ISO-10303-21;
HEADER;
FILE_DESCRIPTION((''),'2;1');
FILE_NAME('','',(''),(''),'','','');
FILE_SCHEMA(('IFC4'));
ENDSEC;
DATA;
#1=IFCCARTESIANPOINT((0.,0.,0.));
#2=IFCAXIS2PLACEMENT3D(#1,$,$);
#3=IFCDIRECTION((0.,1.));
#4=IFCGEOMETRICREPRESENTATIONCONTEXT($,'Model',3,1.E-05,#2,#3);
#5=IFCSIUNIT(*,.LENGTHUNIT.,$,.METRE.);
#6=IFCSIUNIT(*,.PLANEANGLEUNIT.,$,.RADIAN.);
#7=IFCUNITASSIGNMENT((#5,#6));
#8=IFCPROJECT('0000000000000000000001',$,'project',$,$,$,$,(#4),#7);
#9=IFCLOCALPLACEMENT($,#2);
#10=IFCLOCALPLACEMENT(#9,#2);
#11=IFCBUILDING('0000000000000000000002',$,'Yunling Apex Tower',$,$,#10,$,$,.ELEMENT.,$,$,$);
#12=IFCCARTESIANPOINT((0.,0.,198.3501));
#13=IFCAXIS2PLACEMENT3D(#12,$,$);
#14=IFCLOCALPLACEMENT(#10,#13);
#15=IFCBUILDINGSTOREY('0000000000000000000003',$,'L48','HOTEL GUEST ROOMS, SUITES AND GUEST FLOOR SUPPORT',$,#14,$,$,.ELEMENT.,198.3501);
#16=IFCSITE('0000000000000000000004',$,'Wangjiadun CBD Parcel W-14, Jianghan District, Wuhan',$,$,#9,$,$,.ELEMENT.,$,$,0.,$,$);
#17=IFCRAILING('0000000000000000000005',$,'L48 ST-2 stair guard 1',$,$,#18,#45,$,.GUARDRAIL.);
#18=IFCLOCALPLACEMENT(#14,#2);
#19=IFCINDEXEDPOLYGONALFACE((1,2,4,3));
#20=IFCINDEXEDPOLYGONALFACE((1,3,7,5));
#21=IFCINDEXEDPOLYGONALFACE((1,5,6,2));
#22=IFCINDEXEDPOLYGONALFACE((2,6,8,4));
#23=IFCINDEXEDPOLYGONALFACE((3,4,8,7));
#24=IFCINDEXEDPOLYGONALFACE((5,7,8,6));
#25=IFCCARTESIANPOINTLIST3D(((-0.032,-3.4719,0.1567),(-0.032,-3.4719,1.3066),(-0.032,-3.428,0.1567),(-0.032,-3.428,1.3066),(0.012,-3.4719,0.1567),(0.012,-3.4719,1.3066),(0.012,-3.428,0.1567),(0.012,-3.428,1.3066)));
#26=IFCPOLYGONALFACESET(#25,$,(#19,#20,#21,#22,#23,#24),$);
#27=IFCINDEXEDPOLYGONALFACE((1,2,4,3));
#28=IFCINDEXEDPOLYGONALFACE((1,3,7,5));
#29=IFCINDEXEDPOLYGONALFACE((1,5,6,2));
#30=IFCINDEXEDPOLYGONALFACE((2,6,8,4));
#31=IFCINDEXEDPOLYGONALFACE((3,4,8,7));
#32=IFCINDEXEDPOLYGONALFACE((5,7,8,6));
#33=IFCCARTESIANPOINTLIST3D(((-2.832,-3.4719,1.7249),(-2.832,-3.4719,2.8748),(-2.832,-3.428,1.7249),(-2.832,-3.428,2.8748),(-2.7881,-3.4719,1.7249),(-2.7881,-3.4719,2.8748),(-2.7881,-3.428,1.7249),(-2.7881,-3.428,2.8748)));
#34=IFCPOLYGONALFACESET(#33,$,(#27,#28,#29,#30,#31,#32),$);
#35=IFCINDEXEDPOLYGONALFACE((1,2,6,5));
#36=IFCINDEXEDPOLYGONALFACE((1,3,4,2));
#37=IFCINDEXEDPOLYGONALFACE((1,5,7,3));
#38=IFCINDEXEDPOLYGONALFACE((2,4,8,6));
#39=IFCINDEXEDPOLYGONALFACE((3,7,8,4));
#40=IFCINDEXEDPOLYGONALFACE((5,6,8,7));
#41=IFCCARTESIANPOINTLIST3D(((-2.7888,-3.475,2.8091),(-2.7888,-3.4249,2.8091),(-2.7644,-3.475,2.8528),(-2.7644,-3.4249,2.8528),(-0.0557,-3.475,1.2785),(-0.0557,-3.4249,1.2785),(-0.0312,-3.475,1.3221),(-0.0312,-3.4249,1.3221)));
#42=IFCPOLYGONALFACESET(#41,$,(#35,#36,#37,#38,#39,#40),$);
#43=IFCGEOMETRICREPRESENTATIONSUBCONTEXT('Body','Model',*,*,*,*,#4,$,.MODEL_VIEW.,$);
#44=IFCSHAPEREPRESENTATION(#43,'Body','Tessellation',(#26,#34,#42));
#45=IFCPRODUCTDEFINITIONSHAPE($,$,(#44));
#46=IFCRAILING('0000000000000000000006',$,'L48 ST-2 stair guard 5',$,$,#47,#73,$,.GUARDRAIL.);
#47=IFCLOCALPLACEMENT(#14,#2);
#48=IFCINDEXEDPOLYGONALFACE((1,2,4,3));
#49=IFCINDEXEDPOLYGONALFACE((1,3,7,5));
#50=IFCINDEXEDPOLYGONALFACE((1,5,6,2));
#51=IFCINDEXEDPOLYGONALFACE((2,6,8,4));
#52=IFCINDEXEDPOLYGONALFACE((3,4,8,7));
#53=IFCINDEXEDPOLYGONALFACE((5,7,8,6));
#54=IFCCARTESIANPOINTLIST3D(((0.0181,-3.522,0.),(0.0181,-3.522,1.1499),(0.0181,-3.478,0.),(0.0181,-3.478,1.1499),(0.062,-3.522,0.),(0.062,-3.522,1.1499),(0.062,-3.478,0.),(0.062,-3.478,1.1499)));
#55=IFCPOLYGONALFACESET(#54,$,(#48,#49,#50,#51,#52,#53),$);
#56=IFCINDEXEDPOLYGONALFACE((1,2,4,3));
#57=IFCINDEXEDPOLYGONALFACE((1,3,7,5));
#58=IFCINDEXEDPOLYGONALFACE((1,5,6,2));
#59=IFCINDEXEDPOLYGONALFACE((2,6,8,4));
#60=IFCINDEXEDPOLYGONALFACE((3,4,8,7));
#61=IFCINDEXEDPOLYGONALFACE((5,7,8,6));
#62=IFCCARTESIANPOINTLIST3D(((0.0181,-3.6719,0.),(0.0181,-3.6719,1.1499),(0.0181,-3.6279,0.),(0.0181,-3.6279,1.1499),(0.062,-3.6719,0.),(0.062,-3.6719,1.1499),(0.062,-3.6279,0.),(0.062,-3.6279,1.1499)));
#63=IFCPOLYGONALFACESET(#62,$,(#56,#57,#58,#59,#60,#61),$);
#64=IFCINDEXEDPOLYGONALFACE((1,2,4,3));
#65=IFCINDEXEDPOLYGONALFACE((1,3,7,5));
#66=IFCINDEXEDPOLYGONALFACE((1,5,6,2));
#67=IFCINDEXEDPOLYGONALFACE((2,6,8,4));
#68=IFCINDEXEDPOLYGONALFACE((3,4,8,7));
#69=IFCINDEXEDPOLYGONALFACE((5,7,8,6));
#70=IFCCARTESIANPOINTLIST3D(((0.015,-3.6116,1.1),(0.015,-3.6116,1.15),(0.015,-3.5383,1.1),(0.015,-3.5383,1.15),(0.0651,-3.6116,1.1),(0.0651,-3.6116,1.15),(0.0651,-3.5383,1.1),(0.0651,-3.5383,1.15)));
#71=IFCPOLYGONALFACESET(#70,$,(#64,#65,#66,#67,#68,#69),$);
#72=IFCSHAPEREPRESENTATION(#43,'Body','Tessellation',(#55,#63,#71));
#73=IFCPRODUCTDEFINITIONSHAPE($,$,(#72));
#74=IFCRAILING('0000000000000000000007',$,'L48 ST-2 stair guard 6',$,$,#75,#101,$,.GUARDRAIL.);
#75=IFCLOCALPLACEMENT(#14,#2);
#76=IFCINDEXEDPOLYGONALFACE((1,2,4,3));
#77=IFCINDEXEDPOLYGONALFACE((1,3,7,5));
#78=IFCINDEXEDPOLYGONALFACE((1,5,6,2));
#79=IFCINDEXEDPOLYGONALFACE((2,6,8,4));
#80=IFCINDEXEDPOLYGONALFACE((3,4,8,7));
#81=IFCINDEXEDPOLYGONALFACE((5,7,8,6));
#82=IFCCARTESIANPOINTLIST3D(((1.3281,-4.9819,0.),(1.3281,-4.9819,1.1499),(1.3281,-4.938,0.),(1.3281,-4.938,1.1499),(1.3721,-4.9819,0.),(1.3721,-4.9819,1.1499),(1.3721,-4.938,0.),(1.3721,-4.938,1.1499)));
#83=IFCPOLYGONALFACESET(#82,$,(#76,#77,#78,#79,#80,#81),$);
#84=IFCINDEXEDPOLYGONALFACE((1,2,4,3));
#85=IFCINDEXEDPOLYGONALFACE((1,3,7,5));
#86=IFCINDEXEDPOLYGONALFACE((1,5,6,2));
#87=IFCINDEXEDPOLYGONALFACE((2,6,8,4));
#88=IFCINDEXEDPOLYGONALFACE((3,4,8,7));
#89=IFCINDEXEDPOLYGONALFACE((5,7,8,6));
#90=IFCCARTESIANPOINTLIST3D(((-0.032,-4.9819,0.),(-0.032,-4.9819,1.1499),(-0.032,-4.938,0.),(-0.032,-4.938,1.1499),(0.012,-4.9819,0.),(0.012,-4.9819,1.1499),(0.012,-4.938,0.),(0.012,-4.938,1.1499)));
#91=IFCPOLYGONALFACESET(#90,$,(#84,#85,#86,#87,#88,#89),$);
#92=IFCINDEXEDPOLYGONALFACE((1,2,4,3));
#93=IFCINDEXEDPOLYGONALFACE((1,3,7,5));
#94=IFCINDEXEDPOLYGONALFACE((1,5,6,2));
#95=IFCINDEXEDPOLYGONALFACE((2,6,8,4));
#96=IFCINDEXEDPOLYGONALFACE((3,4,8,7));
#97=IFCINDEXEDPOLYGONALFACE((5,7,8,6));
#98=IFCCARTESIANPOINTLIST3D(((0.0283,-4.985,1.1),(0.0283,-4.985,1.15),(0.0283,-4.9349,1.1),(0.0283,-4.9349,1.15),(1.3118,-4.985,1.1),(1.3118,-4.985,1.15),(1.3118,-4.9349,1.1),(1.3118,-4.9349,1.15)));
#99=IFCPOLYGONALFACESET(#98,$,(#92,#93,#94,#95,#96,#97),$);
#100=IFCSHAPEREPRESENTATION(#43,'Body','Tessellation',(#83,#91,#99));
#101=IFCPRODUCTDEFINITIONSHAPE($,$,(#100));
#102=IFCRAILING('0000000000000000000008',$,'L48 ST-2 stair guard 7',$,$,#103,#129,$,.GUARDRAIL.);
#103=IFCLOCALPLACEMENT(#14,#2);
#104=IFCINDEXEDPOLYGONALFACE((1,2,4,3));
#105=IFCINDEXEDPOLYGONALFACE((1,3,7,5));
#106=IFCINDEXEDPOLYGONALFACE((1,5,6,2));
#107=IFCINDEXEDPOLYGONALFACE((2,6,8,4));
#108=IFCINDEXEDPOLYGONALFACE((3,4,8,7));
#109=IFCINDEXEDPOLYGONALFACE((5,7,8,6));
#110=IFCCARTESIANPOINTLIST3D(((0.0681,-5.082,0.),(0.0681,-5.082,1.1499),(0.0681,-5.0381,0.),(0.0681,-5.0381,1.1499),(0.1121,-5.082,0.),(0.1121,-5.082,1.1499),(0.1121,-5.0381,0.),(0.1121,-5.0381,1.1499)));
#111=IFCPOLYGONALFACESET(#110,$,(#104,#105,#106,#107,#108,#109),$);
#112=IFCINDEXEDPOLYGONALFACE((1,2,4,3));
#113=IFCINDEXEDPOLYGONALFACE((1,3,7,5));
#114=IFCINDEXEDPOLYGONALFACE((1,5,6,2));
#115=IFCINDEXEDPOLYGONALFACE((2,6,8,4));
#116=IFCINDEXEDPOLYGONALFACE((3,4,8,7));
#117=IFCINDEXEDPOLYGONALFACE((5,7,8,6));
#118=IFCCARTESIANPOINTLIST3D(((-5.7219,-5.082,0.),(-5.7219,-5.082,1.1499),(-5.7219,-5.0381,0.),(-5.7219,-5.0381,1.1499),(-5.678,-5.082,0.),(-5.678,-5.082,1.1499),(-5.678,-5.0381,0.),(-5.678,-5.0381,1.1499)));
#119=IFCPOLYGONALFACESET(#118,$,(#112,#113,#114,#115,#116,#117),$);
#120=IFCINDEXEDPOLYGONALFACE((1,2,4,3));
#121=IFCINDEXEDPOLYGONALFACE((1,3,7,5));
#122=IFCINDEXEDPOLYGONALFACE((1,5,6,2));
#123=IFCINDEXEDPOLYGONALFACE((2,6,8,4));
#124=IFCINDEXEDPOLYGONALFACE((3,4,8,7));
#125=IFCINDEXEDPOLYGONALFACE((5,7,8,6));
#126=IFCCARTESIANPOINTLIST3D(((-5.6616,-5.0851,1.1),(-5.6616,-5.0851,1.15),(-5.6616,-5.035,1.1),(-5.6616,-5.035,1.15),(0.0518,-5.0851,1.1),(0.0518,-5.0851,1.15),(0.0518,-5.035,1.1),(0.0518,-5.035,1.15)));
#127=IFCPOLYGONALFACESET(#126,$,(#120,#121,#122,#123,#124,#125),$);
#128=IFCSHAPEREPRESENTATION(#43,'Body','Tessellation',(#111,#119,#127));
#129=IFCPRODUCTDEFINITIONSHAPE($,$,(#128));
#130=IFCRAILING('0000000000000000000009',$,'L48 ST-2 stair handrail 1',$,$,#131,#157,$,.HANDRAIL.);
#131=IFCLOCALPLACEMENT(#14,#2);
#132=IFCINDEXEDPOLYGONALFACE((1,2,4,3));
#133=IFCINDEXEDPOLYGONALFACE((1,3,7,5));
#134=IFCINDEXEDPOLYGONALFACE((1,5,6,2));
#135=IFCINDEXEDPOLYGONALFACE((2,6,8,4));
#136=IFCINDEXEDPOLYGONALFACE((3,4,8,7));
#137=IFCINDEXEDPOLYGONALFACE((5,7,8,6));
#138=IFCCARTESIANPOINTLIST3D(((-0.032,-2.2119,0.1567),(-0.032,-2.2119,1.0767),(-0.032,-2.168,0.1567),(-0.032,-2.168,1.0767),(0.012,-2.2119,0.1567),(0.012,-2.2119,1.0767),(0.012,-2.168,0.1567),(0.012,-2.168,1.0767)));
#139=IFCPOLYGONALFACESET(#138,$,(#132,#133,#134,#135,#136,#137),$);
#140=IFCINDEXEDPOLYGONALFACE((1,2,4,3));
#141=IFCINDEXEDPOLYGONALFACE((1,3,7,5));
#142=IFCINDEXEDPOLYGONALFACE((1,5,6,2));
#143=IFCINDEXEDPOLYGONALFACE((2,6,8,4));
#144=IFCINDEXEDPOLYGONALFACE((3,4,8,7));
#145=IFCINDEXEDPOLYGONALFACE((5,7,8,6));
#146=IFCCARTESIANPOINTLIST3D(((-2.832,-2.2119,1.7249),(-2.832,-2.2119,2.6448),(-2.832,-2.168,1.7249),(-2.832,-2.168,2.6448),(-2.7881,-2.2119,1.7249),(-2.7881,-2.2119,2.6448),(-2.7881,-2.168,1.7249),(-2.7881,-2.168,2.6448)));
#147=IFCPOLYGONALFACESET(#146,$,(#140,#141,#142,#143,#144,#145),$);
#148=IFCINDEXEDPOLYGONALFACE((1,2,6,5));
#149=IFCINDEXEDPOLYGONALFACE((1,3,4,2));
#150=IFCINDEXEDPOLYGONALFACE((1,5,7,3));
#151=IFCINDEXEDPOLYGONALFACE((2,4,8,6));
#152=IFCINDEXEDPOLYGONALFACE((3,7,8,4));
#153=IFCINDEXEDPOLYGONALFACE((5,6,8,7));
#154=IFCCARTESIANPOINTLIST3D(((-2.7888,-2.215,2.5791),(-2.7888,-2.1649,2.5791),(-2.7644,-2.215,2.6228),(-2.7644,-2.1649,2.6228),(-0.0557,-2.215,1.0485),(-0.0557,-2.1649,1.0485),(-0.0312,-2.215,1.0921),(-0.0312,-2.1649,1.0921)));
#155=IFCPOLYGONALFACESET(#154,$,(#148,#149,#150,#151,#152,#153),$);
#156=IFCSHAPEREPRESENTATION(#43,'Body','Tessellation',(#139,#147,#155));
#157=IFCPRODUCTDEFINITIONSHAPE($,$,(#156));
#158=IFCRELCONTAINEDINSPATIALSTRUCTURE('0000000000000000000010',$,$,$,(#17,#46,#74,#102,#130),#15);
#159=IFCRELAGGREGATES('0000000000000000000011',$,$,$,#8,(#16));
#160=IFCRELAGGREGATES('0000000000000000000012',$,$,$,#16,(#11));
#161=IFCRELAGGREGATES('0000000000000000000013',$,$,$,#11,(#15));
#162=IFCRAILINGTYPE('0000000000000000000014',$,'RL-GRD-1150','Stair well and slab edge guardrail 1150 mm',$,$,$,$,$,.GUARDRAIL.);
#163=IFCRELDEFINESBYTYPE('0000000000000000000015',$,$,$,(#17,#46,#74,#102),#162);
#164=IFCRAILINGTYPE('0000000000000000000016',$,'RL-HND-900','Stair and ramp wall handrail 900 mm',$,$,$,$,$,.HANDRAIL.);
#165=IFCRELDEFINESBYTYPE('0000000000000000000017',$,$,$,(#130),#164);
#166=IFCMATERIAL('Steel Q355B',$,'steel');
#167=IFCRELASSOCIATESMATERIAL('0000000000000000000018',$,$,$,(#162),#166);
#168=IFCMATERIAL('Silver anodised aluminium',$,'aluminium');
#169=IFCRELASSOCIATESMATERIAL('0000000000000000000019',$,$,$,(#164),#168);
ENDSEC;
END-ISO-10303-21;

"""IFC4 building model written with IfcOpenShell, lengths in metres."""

from ifc_helpers import new_model, si_unit, direction, frame, origin, origin_2d, place, context, subcontext, project, spatial, rectangle, extrude, material, type_object, element, save


model = new_model("IFC4")

# Units and contexts
model_context = context("Model", 3, precision=1e-05, world=origin(), true_north=direction((0.0, 1.0)))
body_context = subcontext(model_context, "Body", "Model", "MODEL_VIEW")
ifc_project = project(units=[si_unit("LENGTHUNIT", "METRE"), si_unit("PLANEANGLEUNIT", "RADIAN")], contexts=[model_context])

# Site, building, storey
site_placement = place(None, origin())
site = spatial("IfcSite", under=ifc_project, at=site_placement, Name="Wangjiadun CBD Parcel W-14, Jianghan District, Wuhan", CompositionType="ELEMENT", RefElevation=0.0)
building_placement = place(site_placement, origin())
building = spatial("IfcBuilding", under=site, at=building_placement, Name="Yunling Apex Tower", CompositionType="ELEMENT")
storey_placement = place(building_placement, frame((0.0, 0.0, 198.3501)))
storey = spatial("IfcBuildingStorey", under=building, at=storey_placement, Name="L48", Description="HOTEL GUEST ROOMS, SUITES AND GUEST FLOOR SUPPORT", CompositionType="ELEMENT", Elevation=198.3501)

# Shared definitions
ifc_material_1 = material(Name="Steel Q355B", Category="steel")

# Railings
railing_type_1 = type_object("IfcRailingType", Name="RL-GRD-1150", Description="Stair well and slab edge guardrail 1150 mm", PredefinedType="GUARDRAIL", material=ifc_material_1)
railing_1_placement = place(storey_placement, frame((-0.01, -3.45, 0.1567)))
element("IfcRailing", 1, at=railing_1_placement, inside=storey, type_object=railing_type_1, Name="L48 ST-2 stair guard 1", PredefinedType="GUARDRAIL", context=body_context, shape_type="SweptSolid", body=[
    extrude(rectangle(XDim=0.0439, YDim=0.0439, at=origin_2d()), origin(), (0.0, 0.0, 1.0), 1.1499),
    extrude(rectangle(XDim=0.0439, YDim=0.0439, at=origin_2d()), frame((-2.8, 0.0, 1.5681)), (0.0, 0.0, 1.0), 1.1499),
    extrude(rectangle(XDim=0.05, YDim=0.05, at=origin_2d()), frame((-0.0334, 0.0, 1.1436), z_axis=(-0.872494, 0.0, 0.488624), x_axis=(0.0, -1.0, 0.0)), (0.0, 0.0, 1.0), 3.1326),
])
railing_2_placement = place(storey_placement, frame((0.04, -3.5, 0.0)))
element("IfcRailing", 2, at=railing_2_placement, inside=storey, type_object=railing_type_1, Name="L48 ST-2 stair guard 5", PredefinedType="GUARDRAIL", context=body_context, shape_type="SweptSolid", body=[
    extrude(rectangle(XDim=0.0439, YDim=0.0439, at=origin_2d()), origin(), (0.0, 0.0, 1.0), 1.1499),
    extrude(rectangle(XDim=0.0439, YDim=0.0439, at=origin_2d()), frame((0.0, -0.1499, 0.0)), (0.0, 0.0, 1.0), 1.1499),
    extrude(rectangle(XDim=0.05, YDim=0.05, at=origin_2d()), frame((0.0, -0.0383, 1.125), z_axis=(0.0, -1.0, 0.0), x_axis=(1.0, 0.0, 0.0)), (0.0, 0.0, 1.0), 0.0732),
])
railing_3_placement = place(storey_placement, frame((1.3501, -4.96, 0.0)))
element("IfcRailing", 3, at=railing_3_placement, inside=storey, type_object=railing_type_1, Name="L48 ST-2 stair guard 6", PredefinedType="GUARDRAIL", context=body_context, shape_type="SweptSolid", body=[
    extrude(rectangle(XDim=0.0439, YDim=0.0439, at=origin_2d()), origin(), (0.0, 0.0, 1.0), 1.1499),
    extrude(rectangle(XDim=0.0439, YDim=0.0439, at=origin_2d()), frame((-1.3601, 0.0, 0.0)), (0.0, 0.0, 1.0), 1.1499),
    extrude(rectangle(XDim=0.05, YDim=0.05, at=origin_2d()), frame((-0.0383, 0.0, 1.125), z_axis=(-1.0, 0.0, 0.0), x_axis=(0.0, -1.0, 0.0)), (0.0, 0.0, 1.0), 1.2834),
])
railing_4_placement = place(storey_placement, frame((0.0901, -5.0601, 0.0)))
element("IfcRailing", 4, at=railing_4_placement, inside=storey, type_object=railing_type_1, Name="L48 ST-2 stair guard 7", PredefinedType="GUARDRAIL", context=body_context, shape_type="SweptSolid", body=[
    extrude(rectangle(XDim=0.0439, YDim=0.0439, at=origin_2d()), origin(), (0.0, 0.0, 1.0), 1.1499),
    extrude(rectangle(XDim=0.0439, YDim=0.0439, at=origin_2d()), frame((-5.79, 0.0, 0.0)), (0.0, 0.0, 1.0), 1.1499),
    extrude(rectangle(XDim=0.05, YDim=0.05, at=origin_2d()), frame((-0.0383, 0.0, 1.125), z_axis=(-1.0, 0.0, 0.0), x_axis=(0.0, -1.0, 0.0)), (0.0, 0.0, 1.0), 5.7134),
])
ifc_material_2 = material(Name="Silver anodised aluminium", Category="aluminium")
railing_type_2 = type_object("IfcRailingType", Name="RL-HND-900", Description="Stair and ramp wall handrail 900 mm", PredefinedType="HANDRAIL", material=ifc_material_2)
railing_5_placement = place(storey_placement, frame((-0.01, -2.1899, 0.1567)))
element("IfcRailing", 5, at=railing_5_placement, inside=storey, type_object=railing_type_2, Name="L48 ST-2 stair handrail 1", PredefinedType="HANDRAIL", context=body_context, shape_type="SweptSolid", body=[
    extrude(rectangle(XDim=0.0439, YDim=0.0439, at=origin_2d()), origin(), (0.0, 0.0, 1.0), 0.9199),
    extrude(rectangle(XDim=0.0439, YDim=0.0439, at=origin_2d()), frame((-2.8, 0.0, 1.5681)), (0.0, 0.0, 1.0), 0.9199),
    extrude(rectangle(XDim=0.05, YDim=0.05, at=origin_2d()), frame((-0.0334, 0.0, 0.9136), z_axis=(-0.872494, 0.0, 0.488624), x_axis=(0.0, -1.0, 0.0)), (0.0, 0.0, 1.0), 3.1326),
])

save(model, "model.ifc")
